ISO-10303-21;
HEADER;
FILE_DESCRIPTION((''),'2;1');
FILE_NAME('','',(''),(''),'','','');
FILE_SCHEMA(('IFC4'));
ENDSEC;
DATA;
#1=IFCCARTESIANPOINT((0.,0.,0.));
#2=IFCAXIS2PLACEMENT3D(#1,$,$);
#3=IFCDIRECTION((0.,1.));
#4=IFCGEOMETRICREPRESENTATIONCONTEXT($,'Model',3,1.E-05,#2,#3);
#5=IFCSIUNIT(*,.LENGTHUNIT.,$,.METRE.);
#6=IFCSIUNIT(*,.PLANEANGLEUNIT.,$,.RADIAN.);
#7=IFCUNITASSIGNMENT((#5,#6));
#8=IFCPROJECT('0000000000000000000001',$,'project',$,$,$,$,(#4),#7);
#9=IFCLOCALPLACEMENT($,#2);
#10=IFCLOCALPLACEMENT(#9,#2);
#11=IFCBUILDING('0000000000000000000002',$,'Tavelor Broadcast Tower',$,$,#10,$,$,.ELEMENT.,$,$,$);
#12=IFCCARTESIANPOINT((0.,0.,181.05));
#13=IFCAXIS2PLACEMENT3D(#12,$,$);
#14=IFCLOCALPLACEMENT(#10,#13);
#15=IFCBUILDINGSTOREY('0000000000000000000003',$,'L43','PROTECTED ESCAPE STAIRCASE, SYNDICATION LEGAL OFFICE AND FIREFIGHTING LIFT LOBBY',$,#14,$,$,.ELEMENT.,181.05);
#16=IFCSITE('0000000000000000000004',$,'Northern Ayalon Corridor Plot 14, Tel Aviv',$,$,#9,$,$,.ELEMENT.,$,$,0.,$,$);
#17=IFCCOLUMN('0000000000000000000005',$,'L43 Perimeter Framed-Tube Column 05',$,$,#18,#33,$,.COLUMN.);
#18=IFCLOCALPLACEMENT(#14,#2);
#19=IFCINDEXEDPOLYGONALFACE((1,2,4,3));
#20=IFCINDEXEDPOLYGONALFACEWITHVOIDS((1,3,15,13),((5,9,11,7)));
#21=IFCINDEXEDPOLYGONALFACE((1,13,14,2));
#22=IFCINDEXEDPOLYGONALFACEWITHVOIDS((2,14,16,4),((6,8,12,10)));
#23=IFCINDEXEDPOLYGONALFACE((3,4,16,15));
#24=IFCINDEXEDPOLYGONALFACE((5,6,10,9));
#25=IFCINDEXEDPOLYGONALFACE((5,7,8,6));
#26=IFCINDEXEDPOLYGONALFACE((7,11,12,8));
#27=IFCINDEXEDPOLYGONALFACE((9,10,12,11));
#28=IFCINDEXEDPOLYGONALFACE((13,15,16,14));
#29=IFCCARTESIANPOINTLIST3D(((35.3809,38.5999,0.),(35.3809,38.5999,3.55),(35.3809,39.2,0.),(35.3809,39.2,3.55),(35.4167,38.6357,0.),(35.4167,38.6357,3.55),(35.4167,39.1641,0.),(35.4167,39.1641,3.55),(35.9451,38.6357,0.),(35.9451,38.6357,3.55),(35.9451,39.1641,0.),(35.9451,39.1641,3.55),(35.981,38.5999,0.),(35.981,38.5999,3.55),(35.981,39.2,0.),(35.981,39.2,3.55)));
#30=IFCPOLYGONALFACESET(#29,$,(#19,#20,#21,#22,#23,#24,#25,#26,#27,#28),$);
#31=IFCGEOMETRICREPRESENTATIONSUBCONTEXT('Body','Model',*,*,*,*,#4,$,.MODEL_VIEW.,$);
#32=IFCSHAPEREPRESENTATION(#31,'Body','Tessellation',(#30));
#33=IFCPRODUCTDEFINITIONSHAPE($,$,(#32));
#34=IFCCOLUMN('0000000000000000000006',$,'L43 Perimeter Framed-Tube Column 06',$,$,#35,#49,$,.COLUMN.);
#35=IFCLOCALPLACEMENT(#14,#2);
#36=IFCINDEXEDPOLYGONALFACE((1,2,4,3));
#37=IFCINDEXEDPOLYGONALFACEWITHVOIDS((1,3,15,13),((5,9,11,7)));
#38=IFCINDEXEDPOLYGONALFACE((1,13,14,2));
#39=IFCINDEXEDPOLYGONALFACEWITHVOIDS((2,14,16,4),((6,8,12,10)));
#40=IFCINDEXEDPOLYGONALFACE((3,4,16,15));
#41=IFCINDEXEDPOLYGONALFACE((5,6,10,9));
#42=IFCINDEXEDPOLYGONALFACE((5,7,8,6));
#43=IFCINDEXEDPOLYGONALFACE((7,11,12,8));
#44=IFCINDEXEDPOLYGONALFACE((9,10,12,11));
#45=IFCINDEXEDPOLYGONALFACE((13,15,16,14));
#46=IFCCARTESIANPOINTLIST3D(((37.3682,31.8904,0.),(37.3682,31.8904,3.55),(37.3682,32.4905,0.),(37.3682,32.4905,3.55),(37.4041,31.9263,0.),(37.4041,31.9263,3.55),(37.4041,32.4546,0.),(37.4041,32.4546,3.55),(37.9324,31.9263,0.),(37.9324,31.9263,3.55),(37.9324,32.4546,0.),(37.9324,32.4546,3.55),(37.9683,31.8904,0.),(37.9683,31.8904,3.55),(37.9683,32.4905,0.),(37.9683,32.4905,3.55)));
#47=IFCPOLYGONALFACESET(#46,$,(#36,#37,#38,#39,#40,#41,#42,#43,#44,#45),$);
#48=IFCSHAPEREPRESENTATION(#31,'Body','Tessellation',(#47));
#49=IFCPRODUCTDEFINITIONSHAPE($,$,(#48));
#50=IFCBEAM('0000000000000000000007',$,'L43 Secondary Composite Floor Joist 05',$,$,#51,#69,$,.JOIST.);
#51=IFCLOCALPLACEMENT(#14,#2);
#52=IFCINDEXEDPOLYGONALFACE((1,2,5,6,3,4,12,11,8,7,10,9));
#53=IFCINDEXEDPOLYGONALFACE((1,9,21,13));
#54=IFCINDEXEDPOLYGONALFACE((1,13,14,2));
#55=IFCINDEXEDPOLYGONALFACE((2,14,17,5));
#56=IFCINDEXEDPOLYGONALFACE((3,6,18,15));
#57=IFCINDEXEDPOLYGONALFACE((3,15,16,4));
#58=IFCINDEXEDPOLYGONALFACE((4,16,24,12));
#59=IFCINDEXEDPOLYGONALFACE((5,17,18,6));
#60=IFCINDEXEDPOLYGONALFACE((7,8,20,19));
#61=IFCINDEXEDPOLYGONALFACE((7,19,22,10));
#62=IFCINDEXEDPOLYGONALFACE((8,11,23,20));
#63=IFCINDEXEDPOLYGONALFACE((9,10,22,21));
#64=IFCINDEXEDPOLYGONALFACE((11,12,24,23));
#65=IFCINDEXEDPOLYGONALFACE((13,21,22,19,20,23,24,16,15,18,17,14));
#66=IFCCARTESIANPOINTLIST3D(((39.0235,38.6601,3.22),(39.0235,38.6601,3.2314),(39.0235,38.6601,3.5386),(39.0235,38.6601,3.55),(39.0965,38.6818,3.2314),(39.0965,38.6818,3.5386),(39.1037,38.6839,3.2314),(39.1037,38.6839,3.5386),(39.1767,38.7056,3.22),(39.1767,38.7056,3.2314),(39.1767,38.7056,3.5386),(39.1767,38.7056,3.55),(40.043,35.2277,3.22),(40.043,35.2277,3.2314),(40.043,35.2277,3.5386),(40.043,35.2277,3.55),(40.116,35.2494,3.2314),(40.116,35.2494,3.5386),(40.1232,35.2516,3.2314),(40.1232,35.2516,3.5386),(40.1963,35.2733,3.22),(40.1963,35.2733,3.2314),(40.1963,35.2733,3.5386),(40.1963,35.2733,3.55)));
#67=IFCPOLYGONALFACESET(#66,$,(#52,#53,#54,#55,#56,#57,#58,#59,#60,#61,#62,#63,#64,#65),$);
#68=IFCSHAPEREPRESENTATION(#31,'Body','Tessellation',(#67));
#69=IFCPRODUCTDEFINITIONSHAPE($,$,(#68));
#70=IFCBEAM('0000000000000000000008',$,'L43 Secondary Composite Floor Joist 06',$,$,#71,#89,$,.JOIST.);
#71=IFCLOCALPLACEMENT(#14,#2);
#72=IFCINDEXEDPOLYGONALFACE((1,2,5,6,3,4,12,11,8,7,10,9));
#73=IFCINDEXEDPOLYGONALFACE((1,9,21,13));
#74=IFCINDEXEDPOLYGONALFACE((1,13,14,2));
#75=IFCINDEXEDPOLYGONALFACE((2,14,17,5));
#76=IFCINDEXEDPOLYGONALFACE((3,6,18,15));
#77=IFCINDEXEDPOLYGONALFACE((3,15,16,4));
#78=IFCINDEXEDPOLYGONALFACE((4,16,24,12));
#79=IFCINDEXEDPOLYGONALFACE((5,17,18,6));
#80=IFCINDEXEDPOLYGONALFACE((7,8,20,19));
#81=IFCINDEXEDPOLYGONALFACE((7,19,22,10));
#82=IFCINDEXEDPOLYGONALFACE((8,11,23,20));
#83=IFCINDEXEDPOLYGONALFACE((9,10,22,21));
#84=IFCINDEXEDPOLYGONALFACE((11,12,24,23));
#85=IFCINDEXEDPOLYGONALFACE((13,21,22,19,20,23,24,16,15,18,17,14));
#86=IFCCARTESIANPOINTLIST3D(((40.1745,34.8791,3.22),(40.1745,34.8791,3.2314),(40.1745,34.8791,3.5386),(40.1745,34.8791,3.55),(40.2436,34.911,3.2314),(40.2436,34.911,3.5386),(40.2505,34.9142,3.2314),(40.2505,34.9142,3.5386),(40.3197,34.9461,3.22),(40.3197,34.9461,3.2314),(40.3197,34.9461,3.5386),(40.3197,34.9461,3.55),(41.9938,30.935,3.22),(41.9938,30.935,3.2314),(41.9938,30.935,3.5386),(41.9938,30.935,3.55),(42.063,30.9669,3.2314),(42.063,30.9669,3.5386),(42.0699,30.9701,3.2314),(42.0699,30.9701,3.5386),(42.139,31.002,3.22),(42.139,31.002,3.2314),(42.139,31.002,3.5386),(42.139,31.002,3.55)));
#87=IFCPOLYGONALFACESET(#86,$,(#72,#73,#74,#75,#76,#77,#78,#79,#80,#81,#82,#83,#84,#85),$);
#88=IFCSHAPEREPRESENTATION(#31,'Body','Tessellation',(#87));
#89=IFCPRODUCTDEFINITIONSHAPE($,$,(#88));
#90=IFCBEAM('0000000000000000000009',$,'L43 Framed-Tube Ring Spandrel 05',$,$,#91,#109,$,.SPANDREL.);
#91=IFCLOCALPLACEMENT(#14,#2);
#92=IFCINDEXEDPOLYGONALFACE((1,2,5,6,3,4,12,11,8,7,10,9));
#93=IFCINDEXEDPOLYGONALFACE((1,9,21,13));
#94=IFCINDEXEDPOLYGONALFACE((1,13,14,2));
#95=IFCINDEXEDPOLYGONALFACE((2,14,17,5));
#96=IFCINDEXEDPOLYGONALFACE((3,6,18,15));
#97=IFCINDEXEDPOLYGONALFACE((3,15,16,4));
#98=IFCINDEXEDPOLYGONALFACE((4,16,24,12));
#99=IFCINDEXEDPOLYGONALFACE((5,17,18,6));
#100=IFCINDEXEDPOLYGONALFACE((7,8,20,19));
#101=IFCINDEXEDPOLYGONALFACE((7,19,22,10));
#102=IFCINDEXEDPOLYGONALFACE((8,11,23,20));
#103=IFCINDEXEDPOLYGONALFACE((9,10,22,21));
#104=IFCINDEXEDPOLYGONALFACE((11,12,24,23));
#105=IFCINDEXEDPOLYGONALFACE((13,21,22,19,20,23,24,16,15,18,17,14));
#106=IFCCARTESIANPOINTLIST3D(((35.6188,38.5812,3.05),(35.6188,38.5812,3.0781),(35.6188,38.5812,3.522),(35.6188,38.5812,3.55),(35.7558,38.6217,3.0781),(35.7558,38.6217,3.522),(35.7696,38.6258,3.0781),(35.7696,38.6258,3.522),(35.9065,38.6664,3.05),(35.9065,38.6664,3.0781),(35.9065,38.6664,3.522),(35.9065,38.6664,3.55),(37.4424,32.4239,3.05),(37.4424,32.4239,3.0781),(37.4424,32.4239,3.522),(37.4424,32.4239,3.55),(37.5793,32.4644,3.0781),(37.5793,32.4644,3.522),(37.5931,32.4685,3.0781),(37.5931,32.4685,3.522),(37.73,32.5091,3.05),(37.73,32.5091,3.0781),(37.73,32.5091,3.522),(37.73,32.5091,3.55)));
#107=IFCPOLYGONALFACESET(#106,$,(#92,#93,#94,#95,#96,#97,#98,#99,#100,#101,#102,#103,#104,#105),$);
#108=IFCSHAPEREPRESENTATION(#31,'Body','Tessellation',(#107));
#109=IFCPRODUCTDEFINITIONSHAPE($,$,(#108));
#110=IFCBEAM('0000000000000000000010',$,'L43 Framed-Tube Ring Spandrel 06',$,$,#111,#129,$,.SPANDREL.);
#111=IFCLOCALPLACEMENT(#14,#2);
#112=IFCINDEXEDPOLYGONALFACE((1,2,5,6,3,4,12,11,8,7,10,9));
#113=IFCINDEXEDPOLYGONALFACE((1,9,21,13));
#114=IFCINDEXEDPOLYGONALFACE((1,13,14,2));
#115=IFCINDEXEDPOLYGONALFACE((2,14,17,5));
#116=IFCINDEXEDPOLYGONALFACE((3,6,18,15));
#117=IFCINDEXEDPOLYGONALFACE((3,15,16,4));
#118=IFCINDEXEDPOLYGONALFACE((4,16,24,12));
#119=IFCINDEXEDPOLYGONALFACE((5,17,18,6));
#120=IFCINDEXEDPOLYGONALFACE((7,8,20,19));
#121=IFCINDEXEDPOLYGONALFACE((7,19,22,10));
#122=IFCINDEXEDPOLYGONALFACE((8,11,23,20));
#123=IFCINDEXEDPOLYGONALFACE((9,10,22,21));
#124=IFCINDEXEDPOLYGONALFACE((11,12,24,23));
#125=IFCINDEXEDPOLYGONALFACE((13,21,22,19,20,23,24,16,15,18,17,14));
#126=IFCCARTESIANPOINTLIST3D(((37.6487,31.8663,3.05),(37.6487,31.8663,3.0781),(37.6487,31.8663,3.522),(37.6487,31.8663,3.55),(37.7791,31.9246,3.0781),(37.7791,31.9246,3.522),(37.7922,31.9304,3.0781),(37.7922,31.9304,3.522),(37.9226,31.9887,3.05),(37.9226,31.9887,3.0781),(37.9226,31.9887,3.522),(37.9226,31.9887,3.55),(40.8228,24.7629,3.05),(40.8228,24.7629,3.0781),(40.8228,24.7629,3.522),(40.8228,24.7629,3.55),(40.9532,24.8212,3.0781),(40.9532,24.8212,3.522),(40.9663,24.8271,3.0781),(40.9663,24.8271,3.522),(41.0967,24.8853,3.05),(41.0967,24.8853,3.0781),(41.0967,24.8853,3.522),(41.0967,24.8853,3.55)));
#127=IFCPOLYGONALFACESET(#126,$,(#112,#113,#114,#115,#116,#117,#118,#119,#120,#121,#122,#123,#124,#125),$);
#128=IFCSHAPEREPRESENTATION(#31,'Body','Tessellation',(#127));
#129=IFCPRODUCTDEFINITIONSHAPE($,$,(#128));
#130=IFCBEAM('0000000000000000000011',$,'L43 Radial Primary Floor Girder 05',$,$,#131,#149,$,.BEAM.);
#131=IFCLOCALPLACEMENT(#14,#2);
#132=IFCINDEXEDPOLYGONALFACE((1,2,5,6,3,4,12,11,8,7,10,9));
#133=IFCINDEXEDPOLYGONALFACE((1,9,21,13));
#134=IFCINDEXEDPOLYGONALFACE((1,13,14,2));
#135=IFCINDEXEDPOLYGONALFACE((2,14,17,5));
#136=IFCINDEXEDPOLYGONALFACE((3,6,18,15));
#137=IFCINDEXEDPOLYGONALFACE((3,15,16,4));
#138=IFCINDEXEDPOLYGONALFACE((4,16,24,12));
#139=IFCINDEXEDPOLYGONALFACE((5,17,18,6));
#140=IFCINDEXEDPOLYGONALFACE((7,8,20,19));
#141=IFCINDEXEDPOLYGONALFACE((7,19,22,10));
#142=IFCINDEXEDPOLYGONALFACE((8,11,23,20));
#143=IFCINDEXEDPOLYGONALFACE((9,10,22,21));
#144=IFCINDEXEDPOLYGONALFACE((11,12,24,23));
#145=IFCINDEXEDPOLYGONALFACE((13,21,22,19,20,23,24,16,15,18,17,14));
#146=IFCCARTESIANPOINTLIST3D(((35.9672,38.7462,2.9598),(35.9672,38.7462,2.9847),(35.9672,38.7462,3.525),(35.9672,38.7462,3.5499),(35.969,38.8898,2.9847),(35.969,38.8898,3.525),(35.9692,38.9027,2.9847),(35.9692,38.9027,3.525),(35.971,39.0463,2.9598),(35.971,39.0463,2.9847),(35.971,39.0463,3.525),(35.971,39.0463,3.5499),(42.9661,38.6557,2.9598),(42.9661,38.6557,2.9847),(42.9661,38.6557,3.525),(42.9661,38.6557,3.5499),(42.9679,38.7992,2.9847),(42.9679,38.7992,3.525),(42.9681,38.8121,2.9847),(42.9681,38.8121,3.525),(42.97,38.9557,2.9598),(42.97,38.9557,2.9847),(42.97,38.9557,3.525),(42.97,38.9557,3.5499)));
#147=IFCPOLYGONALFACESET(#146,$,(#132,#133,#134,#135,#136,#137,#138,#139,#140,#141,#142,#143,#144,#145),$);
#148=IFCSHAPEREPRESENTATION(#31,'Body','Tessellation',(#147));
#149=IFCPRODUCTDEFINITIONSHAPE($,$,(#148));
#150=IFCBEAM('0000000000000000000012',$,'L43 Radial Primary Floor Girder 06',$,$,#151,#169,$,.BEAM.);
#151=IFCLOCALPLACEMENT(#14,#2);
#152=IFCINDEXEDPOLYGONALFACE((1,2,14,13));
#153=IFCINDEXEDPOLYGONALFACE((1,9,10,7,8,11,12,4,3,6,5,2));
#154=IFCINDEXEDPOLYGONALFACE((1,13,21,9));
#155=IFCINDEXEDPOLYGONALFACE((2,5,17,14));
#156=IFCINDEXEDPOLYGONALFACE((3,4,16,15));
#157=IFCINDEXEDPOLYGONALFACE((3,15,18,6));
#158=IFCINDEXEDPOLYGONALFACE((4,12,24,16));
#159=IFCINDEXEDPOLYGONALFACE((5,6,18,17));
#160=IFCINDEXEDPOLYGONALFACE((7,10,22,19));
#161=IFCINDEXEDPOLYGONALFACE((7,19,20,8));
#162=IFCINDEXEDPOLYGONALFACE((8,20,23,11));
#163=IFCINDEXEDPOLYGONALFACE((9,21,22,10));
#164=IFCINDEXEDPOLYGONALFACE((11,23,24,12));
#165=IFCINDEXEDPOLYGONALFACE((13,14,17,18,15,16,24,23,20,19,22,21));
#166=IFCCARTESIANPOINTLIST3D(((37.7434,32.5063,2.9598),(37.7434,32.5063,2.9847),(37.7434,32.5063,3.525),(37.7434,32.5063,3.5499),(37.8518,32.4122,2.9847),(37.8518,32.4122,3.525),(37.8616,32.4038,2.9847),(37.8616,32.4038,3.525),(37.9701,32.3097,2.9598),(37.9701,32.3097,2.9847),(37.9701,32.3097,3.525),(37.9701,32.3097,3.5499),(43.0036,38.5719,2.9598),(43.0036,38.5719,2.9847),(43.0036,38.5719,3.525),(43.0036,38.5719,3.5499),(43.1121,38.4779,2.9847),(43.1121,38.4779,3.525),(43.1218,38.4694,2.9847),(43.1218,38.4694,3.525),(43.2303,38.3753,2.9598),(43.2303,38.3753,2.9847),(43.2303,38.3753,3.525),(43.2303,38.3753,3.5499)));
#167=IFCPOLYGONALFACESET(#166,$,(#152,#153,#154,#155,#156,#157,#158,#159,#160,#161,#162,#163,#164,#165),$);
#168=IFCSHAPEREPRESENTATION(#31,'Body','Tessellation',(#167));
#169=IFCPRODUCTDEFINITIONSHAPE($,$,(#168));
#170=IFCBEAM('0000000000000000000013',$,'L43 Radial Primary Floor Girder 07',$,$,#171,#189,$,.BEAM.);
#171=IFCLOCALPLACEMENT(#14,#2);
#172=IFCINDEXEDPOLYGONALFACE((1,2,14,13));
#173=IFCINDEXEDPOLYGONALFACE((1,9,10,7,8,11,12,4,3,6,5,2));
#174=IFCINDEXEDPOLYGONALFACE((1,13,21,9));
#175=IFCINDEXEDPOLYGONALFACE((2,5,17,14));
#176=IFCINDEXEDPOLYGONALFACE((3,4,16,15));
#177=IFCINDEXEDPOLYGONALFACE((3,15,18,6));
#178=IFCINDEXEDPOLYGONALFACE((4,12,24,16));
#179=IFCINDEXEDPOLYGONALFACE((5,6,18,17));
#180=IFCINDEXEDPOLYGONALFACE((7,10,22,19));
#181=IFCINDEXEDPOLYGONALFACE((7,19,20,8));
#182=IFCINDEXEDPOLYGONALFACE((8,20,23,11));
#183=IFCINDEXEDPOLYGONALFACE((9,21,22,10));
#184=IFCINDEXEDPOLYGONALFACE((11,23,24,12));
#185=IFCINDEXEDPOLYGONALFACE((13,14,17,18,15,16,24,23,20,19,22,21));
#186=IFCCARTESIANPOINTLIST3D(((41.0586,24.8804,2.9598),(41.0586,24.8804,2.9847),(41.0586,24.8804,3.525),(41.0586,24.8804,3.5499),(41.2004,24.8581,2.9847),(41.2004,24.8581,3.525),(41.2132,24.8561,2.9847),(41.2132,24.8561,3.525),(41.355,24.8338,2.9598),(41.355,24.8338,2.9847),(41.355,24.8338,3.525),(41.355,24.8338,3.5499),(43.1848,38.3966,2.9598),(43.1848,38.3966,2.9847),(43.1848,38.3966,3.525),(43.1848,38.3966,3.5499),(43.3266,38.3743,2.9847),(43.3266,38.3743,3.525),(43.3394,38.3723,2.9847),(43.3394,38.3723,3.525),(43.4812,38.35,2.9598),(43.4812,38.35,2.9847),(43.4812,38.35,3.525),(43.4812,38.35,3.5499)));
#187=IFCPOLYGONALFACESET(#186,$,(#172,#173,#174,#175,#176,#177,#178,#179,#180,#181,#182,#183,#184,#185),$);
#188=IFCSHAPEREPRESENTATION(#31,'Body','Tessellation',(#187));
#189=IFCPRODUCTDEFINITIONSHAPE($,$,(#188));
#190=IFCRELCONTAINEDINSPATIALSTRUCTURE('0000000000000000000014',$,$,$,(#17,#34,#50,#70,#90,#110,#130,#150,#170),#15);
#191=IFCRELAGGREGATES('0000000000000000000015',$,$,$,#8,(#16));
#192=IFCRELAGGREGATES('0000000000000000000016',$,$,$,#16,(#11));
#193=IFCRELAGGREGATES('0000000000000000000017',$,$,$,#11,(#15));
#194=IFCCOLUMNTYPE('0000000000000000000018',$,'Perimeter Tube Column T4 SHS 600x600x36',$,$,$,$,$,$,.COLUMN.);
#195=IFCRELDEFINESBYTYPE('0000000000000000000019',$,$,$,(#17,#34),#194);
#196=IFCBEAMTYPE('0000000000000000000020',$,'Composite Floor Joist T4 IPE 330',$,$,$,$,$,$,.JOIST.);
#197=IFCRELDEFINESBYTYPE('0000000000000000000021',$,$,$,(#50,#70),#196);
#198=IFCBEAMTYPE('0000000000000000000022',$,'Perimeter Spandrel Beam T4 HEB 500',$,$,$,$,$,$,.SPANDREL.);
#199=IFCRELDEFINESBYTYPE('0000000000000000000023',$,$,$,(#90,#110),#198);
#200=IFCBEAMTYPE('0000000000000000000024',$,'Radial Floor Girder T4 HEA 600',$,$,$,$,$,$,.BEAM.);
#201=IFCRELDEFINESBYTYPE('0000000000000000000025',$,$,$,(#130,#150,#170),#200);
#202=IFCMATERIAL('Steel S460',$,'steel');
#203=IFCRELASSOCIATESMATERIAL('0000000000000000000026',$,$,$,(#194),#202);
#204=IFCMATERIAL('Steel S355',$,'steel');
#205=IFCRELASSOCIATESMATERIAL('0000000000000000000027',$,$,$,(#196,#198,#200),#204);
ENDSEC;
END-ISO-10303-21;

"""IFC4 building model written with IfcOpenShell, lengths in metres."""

from ifc_helpers import new_model, si_unit, direction, frame, origin, origin_2d, place, context, subcontext, project, spatial, hollow_rectangle, i_section, extrude, material, material_profile, profile_set, type_object, element, save


model = new_model("IFC4")

# Units and contexts
model_context = context("Model", 3, precision=1e-05, world=origin(), true_north=direction((0.0, 1.0)))
body_context = subcontext(model_context, "Body", "Model", "MODEL_VIEW")
ifc_project = project(units=[si_unit("LENGTHUNIT", "METRE"), si_unit("PLANEANGLEUNIT", "RADIAN")], contexts=[model_context])

# Site, building, storey
site_placement = place(None, origin())
site = spatial("IfcSite", under=ifc_project, at=site_placement, Name="Northern Ayalon Corridor Plot 14, Tel Aviv", CompositionType="ELEMENT", RefElevation=0.0)
building_placement = place(site_placement, origin())
building = spatial("IfcBuilding", under=site, at=building_placement, Name="Tavelor Broadcast Tower", CompositionType="ELEMENT")
storey_placement = place(building_placement, frame((0.0, 0.0, 181.05)))
storey = spatial("IfcBuildingStorey", under=building, at=storey_placement, Name="L43", Description="PROTECTED ESCAPE STAIRCASE, SYNDICATION LEGAL OFFICE AND FIREFIGHTING LIFT LOBBY", CompositionType="ELEMENT", Elevation=181.05)

# Columns
ifc_material_1 = material(Name="Steel S460", Category="steel")
ifc_material_profile_1 = material_profile(ifc_material_1, hollow_rectangle(XDim=0.6001, YDim=0.6001, WallThickness=0.0359, at=origin_2d()), Name="SHS 600x600x36")
ifc_profile_set_1 = profile_set([ifc_material_profile_1], Name="Steel S460")
column_type = type_object("IfcColumnType", Name="Perimeter Tube Column T4 SHS 600x600x36", PredefinedType="COLUMN", material=ifc_profile_set_1)
for number, where, z_axis, x_axis, name in (
    (1, (35.6809, 38.8999, 0.0), (0.0, 0.0, 1.0), (1.0, 0.0, 0.0), "L43 Perimeter Framed-Tube Column 05"),
    (2, (37.6682, 32.1904, 0.0), (0.0, 0.0, 1.0), (1.0, 0.0, 0.0), "L43 Perimeter Framed-Tube Column 06"),
):
    element("IfcColumn", number, at=place(storey_placement, frame(where, z_axis=z_axis, x_axis=x_axis)), inside=storey, type_object=column_type, Name=name, PredefinedType="COLUMN", context=body_context, shape_type="SweptSolid", body=[
        extrude(hollow_rectangle(XDim=0.6001, YDim=0.6001, WallThickness=0.0359, at=origin_2d()), origin(), (0.0, 0.0, 1.0), 3.55),
    ])

# Beams
ifc_material_2 = material(Name="Steel S355", Category="steel")
ifc_material_profile_2 = material_profile(ifc_material_2, i_section(OverallWidth=0.1599, OverallDepth=0.3301, WebThickness=0.0076, FlangeThickness=0.0115, at=origin_2d()), Name="IPE 330")
ifc_profile_set_2 = profile_set([ifc_material_profile_2], Name="Steel S355")
beam_type_1 = type_object("IfcBeamType", Name="Composite Floor Joist T4 IPE 330", PredefinedType="JOIST", material=ifc_profile_set_2)
beam_1_placement = place(storey_placement, frame((39.1001, 38.6829, 3.385), z_axis=(0.284738, -0.958605, 0.0), x_axis=(0.958605, 0.284738, 0.0)))
element("IfcBeam", 3, at=beam_1_placement, inside=storey, type_object=beam_type_1, Name="L43 Secondary Composite Floor Joist 05", PredefinedType="JOIST", context=body_context, shape_type="SweptSolid", body=[
    extrude(i_section(OverallWidth=0.1599, OverallDepth=0.3301, WebThickness=0.0076, FlangeThickness=0.0115, at=origin_2d()), origin(), (0.0, 0.0, 1.0), 3.5806),
])
beam_2_placement = place(storey_placement, frame((40.2471, 34.9126, 3.385), z_axis=(0.418866, -0.908048, 0.0), x_axis=(0.908048, 0.418866, 0.0)))
element("IfcBeam", 4, at=beam_2_placement, inside=storey, type_object=beam_type_1, Name="L43 Secondary Composite Floor Joist 06", PredefinedType="JOIST", context=body_context, shape_type="SweptSolid", body=[
    extrude(i_section(OverallWidth=0.1599, OverallDepth=0.3301, WebThickness=0.0076, FlangeThickness=0.0115, at=origin_2d()), origin(), (0.0, 0.0, 1.0), 4.3435),
])
ifc_material_profile_3 = material_profile(ifc_material_2, i_section(OverallWidth=0.3, OverallDepth=0.5, WebThickness=0.0144, FlangeThickness=0.0281, at=origin_2d()), Name="HEB 500")
ifc_profile_set_3 = profile_set([ifc_material_profile_3], Name="Steel S355")
beam_type_2 = type_object("IfcBeamType", Name="Perimeter Spandrel Beam T4 HEB 500", PredefinedType="SPANDREL", material=ifc_profile_set_3)
beam_3_placement = place(storey_placement, frame((35.7627, 38.6238, 3.3), z_axis=(0.283963, -0.958835, 0.0), x_axis=(0.958835, 0.283963, 0.0)))
element("IfcBeam", 5, at=beam_3_placement, inside=storey, type_object=beam_type_2, Name="L43 Framed-Tube Ring Spandrel 05", PredefinedType="SPANDREL", context=body_context, shape_type="SweptSolid", body=[
    extrude(i_section(OverallWidth=0.3, OverallDepth=0.5, WebThickness=0.0144, FlangeThickness=0.0281, at=origin_2d()), origin(), (0.0, 0.0, 1.0), 6.4216),
])
beam_4_placement = place(storey_placement, frame((37.7856, 31.9275, 3.3), z_axis=(0.407969, -0.912996, 0.0), x_axis=(0.912996, 0.407969, 0.0)))
element("IfcBeam", 6, at=beam_4_placement, inside=storey, type_object=beam_type_2, Name="L43 Framed-Tube Ring Spandrel 06", PredefinedType="SPANDREL", context=body_context, shape_type="SweptSolid", body=[
    extrude(i_section(OverallWidth=0.3, OverallDepth=0.5, WebThickness=0.0144, FlangeThickness=0.0281, at=origin_2d()), origin(), (0.0, 0.0, 1.0), 7.7803),
])
ifc_material_profile_4 = material_profile(ifc_material_2, i_section(OverallWidth=0.3, OverallDepth=0.5901, WebThickness=0.0129, FlangeThickness=0.0249, at=origin_2d()), Name="HEA 600")
ifc_profile_set_4 = profile_set([ifc_material_profile_4], Name="Steel S355")
beam_type_3 = type_object("IfcBeamType", Name="Radial Floor Girder T4 HEA 600", PredefinedType="BEAM", material=ifc_profile_set_4)
beam_5_placement = place(storey_placement, frame((42.968, 38.8057, 3.2549), z_axis=(-0.999916, 0.01294, 0.0), x_axis=(-0.01294, -0.999916, 0.0)))
element("IfcBeam", 7, at=beam_5_placement, inside=storey, type_object=beam_type_3, Name="L43 Radial Primary Floor Girder 05", PredefinedType="BEAM", context=body_context, shape_type="SweptSolid", body=[
    extrude(i_section(OverallWidth=0.3, OverallDepth=0.5901, WebThickness=0.0129, FlangeThickness=0.0249, at=origin_2d()), origin(), (0.0, 0.0, 1.0), 6.9995),
])
beam_6_placement = place(storey_placement, frame((43.1169, 38.4736, 3.2549), z_axis=(-0.655168, -0.755483, 0.0), x_axis=(0.755483, -0.655168, 0.0)))
element("IfcBeam", 8, at=beam_6_placement, inside=storey, type_object=beam_type_3, Name="L43 Radial Primary Floor Girder 06", PredefinedType="BEAM", context=body_context, shape_type="SweptSolid", body=[
    extrude(i_section(OverallWidth=0.3, OverallDepth=0.5901, WebThickness=0.0129, FlangeThickness=0.0249, at=origin_2d()), origin(), (0.0, 0.0, 1.0), 8.0288),
])
beam_7_placement = place(storey_placement, frame((43.333, 38.3733, 3.2549), z_axis=(-0.155399, -0.987852, 0.0), x_axis=(0.987852, -0.155399, 0.0)))
element("IfcBeam", 9, at=beam_7_placement, inside=storey, type_object=beam_type_3, Name="L43 Radial Primary Floor Girder 07", PredefinedType="BEAM", context=body_context, shape_type="SweptSolid", body=[
    extrude(i_section(OverallWidth=0.3, OverallDepth=0.5901, WebThickness=0.0129, FlangeThickness=0.0249, at=origin_2d()), origin(), (0.0, 0.0, 1.0), 13.6824),
])

save(model, "model.ifc")
